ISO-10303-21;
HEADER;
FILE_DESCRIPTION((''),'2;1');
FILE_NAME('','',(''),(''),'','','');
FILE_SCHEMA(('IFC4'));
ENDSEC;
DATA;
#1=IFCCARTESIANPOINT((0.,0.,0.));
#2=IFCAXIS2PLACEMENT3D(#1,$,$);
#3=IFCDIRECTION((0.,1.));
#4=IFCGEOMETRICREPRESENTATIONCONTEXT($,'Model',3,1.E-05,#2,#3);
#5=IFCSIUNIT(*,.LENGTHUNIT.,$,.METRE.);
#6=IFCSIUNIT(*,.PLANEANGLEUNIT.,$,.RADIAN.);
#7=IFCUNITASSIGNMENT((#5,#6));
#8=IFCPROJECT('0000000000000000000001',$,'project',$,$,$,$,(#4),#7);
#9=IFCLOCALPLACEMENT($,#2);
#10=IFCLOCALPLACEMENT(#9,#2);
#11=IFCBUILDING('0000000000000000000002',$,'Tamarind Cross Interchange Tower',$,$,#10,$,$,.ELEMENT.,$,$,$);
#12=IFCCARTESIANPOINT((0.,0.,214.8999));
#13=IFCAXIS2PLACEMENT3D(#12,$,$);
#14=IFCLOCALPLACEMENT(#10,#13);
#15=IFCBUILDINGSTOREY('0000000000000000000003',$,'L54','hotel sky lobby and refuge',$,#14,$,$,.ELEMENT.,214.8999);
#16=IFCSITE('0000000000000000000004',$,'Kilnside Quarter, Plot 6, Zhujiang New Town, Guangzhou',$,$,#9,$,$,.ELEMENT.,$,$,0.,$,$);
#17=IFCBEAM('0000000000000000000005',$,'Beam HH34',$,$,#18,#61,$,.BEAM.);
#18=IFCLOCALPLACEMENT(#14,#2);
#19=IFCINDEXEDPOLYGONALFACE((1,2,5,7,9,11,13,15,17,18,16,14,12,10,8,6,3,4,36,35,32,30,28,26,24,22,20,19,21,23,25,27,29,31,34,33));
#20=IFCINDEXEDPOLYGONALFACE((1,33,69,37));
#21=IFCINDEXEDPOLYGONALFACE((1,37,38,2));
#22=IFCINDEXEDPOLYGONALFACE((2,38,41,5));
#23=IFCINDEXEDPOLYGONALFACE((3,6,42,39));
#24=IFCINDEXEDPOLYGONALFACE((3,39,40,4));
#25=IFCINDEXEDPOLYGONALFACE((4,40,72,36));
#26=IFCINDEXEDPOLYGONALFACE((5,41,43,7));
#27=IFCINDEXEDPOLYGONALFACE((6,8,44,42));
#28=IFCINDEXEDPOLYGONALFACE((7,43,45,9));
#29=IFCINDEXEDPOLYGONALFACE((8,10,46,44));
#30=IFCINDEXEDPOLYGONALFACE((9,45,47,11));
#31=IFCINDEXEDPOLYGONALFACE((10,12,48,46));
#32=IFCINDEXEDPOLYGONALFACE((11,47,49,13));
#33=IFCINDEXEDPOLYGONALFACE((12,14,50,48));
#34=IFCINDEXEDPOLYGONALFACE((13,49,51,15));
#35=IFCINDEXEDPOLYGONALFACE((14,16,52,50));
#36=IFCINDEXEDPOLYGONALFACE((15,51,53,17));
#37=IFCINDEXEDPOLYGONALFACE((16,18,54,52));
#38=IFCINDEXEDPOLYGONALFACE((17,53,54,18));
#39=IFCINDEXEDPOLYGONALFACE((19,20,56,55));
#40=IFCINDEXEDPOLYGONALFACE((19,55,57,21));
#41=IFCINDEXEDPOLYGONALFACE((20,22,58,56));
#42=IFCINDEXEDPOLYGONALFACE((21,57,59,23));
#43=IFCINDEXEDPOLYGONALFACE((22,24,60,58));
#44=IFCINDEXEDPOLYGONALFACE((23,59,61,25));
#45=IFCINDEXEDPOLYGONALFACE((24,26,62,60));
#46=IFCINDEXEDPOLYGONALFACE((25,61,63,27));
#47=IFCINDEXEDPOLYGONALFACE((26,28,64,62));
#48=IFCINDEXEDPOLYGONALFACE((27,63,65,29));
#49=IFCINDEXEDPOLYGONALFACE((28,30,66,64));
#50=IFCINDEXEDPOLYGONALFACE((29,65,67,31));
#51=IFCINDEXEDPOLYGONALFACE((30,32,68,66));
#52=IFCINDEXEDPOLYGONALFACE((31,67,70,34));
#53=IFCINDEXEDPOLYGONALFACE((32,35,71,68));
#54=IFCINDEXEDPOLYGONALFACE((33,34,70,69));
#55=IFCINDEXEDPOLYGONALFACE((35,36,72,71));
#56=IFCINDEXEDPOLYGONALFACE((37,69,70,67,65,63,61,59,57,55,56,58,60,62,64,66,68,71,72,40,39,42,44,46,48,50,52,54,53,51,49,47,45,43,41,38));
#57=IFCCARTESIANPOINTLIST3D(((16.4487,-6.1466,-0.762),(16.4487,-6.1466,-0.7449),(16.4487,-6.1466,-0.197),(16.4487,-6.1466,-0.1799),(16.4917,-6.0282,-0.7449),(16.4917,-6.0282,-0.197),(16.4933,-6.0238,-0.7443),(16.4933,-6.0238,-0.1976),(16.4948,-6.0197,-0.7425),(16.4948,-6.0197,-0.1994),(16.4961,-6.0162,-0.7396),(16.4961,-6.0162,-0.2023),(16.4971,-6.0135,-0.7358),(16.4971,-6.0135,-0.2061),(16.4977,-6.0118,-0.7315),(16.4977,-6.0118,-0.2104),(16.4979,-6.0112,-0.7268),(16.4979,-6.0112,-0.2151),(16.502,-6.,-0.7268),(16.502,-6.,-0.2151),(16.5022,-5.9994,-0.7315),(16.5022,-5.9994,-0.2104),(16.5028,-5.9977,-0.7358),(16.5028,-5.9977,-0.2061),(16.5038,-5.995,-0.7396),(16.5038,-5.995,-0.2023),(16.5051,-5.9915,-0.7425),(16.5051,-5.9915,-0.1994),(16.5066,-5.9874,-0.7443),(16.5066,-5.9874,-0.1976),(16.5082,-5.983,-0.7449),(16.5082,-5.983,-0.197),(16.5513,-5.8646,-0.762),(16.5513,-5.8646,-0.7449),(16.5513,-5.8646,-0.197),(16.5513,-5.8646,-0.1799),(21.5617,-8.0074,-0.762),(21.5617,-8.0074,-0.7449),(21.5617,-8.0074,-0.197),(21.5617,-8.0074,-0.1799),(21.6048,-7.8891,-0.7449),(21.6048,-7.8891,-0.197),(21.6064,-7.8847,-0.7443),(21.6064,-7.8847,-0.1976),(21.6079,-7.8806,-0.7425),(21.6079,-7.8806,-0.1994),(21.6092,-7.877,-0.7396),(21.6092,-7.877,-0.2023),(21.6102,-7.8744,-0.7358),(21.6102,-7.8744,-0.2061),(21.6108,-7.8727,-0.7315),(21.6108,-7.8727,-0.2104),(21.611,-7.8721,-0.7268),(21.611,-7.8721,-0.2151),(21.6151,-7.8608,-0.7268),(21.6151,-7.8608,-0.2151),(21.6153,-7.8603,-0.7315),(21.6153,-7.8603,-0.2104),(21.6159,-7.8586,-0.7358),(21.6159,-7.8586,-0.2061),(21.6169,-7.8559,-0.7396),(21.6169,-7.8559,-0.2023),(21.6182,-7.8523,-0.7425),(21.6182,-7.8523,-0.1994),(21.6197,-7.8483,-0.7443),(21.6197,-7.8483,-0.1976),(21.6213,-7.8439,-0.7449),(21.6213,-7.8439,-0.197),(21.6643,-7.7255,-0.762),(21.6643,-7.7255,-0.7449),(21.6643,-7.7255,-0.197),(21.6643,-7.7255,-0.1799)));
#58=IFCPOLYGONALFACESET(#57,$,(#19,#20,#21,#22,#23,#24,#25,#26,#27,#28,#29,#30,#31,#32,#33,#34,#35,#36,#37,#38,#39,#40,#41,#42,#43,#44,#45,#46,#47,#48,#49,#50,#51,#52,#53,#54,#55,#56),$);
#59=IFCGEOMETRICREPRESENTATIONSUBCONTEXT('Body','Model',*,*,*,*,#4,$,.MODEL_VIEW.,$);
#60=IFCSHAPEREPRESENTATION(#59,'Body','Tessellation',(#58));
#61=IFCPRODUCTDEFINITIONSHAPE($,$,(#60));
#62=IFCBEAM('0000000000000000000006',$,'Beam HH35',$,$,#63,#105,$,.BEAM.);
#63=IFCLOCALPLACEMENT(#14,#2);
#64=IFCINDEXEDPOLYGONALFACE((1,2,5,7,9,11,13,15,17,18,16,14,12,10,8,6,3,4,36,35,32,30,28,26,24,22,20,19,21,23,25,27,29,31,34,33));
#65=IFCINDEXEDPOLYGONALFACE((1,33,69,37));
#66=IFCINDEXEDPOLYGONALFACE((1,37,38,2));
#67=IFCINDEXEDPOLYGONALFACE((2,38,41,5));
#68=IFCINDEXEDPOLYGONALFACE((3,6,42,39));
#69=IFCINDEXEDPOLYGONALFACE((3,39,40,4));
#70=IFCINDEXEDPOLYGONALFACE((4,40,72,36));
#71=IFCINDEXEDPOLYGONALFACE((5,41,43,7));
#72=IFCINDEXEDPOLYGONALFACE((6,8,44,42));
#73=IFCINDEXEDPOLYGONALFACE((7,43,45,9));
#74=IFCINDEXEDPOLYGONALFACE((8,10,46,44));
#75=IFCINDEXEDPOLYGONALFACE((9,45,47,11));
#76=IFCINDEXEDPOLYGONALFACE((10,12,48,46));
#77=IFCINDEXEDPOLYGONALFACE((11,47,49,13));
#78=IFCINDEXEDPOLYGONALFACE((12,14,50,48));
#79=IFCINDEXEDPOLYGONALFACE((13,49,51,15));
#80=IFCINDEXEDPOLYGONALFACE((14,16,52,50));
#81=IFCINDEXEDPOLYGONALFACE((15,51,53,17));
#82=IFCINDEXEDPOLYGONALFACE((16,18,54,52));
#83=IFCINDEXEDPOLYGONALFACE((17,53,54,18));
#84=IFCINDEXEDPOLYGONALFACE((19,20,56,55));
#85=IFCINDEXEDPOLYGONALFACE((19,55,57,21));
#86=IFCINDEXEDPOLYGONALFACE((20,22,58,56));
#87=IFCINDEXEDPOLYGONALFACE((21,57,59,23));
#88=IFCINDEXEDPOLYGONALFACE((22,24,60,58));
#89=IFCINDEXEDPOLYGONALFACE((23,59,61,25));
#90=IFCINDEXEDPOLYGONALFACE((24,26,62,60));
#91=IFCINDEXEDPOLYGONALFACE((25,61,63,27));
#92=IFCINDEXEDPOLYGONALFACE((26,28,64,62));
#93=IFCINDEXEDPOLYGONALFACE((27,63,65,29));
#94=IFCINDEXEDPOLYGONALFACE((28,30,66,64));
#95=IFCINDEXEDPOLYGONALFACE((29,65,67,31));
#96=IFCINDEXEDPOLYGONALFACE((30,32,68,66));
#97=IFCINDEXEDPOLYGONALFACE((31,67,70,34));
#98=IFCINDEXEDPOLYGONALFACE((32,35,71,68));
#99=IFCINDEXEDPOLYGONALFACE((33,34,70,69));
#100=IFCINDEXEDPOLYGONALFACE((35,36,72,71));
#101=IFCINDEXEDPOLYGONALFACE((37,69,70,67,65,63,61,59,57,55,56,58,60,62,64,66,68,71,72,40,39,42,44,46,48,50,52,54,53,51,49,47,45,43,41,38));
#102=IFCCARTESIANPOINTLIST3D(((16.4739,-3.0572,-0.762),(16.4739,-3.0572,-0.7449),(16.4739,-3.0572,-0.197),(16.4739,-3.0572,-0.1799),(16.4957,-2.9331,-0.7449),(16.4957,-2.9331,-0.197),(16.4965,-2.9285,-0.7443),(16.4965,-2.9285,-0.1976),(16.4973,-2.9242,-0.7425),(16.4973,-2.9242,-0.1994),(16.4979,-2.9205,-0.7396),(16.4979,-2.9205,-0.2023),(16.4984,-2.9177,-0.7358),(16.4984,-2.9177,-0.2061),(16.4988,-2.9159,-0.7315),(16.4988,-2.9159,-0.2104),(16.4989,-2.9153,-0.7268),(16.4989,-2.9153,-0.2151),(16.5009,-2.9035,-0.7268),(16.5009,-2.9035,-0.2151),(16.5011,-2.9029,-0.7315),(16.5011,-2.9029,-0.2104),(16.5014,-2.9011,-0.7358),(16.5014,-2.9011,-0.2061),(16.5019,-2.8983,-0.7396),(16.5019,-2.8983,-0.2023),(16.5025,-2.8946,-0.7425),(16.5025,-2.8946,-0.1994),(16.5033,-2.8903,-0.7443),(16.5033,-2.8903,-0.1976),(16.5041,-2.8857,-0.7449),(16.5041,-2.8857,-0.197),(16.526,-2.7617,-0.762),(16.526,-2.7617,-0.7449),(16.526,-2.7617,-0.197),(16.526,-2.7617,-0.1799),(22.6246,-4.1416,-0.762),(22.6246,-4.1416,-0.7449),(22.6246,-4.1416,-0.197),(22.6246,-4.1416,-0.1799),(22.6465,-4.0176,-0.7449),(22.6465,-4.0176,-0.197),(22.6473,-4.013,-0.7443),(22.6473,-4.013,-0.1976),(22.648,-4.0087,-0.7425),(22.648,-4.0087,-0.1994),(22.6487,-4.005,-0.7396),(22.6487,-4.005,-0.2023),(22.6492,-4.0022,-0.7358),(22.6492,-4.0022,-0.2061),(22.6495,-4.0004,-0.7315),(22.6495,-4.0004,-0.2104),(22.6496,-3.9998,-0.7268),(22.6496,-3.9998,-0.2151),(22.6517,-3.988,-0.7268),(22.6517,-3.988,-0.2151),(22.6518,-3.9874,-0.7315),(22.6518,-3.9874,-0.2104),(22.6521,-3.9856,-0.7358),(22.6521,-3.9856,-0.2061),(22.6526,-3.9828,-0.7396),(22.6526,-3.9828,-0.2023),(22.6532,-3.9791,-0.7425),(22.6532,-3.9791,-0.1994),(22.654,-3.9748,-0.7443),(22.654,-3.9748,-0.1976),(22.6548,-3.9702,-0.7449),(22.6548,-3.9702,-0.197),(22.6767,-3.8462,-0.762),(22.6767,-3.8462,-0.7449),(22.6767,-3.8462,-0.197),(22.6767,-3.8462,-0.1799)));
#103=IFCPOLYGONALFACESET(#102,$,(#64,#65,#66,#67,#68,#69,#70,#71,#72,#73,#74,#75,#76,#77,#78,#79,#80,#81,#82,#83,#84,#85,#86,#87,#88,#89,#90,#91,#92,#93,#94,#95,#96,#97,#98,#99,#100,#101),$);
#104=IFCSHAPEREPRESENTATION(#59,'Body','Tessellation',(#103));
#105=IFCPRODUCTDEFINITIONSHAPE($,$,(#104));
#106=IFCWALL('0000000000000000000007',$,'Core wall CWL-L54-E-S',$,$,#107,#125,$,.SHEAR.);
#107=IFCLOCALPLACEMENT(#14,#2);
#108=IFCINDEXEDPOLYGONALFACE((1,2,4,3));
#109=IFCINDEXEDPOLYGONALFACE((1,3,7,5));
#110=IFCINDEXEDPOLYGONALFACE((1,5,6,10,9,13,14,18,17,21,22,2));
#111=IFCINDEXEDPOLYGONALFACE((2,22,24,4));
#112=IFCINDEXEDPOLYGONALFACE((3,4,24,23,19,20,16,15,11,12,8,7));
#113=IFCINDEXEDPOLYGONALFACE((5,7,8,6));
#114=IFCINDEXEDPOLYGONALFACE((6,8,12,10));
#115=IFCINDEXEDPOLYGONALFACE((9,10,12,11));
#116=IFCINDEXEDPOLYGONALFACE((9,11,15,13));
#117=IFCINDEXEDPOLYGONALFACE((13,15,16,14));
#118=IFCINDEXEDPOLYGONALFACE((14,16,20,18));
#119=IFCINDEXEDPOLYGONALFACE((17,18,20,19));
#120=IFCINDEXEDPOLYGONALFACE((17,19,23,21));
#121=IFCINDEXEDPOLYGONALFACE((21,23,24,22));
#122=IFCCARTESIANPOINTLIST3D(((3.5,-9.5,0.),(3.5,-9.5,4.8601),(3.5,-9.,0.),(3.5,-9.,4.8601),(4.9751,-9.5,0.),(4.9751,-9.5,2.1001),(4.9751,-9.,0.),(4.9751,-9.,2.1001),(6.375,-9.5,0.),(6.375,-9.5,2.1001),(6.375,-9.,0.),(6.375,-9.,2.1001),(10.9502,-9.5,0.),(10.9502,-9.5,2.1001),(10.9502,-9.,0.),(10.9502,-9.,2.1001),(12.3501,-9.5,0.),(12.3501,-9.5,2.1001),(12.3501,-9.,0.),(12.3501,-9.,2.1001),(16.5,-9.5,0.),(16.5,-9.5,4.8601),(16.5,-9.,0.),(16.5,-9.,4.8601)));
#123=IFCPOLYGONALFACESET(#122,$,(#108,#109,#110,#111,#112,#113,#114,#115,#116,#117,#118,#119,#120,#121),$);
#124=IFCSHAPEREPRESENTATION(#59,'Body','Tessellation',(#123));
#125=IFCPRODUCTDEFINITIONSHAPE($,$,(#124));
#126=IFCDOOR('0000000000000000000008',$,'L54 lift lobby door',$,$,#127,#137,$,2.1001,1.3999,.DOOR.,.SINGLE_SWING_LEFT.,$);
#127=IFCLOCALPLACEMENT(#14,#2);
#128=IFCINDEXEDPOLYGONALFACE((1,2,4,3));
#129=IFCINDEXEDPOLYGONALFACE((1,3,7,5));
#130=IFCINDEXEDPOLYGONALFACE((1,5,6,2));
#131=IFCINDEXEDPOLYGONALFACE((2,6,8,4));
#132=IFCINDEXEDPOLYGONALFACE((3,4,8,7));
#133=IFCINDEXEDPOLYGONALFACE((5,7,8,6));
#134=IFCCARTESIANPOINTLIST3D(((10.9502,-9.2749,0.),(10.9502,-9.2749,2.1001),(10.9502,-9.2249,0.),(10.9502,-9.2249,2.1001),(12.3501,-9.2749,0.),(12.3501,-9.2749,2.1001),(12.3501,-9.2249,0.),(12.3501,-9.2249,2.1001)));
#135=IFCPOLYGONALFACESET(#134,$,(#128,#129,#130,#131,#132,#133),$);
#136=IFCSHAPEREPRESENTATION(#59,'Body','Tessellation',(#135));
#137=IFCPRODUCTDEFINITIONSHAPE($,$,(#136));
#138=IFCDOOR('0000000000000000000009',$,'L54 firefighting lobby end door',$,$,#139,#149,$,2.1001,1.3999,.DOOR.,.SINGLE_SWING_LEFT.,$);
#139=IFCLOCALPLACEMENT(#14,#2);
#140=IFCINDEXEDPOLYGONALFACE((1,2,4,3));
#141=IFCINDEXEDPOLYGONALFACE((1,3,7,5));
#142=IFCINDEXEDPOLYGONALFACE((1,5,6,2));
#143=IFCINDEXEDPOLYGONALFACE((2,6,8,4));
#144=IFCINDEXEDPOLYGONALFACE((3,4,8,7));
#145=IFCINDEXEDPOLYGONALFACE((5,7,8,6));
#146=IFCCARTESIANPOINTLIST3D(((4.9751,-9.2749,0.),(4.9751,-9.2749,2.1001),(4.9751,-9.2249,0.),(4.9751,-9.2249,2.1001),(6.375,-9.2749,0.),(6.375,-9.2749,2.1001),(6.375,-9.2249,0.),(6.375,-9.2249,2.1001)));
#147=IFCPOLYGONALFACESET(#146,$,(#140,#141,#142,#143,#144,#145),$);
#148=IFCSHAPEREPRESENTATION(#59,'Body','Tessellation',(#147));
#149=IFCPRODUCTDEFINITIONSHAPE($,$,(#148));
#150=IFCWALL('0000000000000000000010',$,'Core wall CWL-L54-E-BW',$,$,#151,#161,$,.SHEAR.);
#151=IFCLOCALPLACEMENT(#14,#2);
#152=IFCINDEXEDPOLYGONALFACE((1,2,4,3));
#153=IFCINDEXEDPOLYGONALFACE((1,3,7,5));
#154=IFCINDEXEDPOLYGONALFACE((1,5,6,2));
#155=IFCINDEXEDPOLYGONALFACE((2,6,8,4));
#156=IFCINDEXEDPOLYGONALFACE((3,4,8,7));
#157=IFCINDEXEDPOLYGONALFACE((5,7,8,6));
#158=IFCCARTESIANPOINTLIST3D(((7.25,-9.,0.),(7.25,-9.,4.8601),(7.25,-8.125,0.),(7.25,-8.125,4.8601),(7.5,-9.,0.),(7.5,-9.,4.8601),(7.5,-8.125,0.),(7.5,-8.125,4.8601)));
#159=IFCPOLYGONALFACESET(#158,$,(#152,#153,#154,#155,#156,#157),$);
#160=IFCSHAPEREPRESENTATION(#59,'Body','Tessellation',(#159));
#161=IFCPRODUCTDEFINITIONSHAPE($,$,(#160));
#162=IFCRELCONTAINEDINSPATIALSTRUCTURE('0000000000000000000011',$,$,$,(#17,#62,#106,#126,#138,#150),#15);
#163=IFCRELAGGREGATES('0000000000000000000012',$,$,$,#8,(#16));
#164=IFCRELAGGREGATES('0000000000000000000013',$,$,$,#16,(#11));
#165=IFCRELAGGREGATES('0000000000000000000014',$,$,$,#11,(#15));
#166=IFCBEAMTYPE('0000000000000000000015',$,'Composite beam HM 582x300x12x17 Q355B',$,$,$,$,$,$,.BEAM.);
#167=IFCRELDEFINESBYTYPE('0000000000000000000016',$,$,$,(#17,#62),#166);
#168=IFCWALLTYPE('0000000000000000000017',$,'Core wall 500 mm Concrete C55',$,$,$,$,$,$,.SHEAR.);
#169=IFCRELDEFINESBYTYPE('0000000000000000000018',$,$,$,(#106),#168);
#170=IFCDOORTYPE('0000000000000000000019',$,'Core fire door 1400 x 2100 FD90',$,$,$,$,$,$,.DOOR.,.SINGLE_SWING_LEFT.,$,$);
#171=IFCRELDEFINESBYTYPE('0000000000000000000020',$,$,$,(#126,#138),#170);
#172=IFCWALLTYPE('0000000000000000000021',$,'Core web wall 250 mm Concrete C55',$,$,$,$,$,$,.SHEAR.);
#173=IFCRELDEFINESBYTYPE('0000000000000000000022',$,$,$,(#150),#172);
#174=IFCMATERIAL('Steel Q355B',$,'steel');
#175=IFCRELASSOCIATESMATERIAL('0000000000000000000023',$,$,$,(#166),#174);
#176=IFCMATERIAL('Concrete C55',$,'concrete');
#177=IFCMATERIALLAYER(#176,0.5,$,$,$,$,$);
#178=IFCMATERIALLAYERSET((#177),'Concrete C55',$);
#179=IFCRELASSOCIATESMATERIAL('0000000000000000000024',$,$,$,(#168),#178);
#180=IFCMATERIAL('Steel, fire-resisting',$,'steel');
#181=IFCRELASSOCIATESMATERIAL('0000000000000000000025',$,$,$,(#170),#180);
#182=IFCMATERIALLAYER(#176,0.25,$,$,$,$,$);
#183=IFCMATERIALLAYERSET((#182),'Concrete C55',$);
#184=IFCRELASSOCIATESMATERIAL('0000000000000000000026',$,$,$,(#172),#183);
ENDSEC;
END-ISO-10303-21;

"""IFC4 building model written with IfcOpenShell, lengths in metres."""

from ifc_helpers import new_model, si_unit, direction, frame, frame_2d, origin, origin_2d, place, context, subcontext, project, spatial, rectangle, i_section, extrude, material, layer, layer_set, material_profile, profile_set, type_object, element, fill, save


model = new_model("IFC4")

# Units and contexts
model_context = context("Model", 3, precision=1e-05, world=origin(), true_north=direction((0.0, 1.0)))
body_context = subcontext(model_context, "Body", "Model", "MODEL_VIEW")
ifc_project = project(units=[si_unit("LENGTHUNIT", "METRE"), si_unit("PLANEANGLEUNIT", "RADIAN")], contexts=[model_context])

# Site, building, storey
site_placement = place(None, origin())
site = spatial("IfcSite", under=ifc_project, at=site_placement, Name="Kilnside Quarter, Plot 6, Zhujiang New Town, Guangzhou", CompositionType="ELEMENT", RefElevation=0.0)
building_placement = place(site_placement, origin())
building = spatial("IfcBuilding", under=site, at=building_placement, Name="Tamarind Cross Interchange Tower", CompositionType="ELEMENT")
storey_placement = place(building_placement, frame((0.0, 0.0, 214.8999)))
storey = spatial("IfcBuildingStorey", under=building, at=storey_placement, Name="L54", Description="hotel sky lobby and refuge", CompositionType="ELEMENT", Elevation=214.8999)

# Shared definitions
ifc_material_1 = material(Name="Concrete C55", Category="concrete")

# Beams
ifc_material_2 = material(Name="Steel Q355B", Category="steel")
ifc_material_profile_1 = material_profile(ifc_material_2, i_section(OverallWidth=0.3, OverallDepth=0.582, WebThickness=0.012, FlangeThickness=0.0171, FilletRadius=0.0181, at=origin_2d()), Name="HM 582x300x12x17")
ifc_profile_set_1 = profile_set([ifc_material_profile_1], Name="Steel Q355B")
beam_type = type_object("IfcBeamType", Name="Composite beam HM 582x300x12x17 Q355B", PredefinedType="BEAM", material=ifc_profile_set_1)
beam_1_placement = place(storey_placement, frame((21.613, -7.8665, -0.4709), z_axis=(-0.939702, 0.341995, 0.0), x_axis=(-0.341995, -0.939702, 0.0)))
element("IfcBeam", 1, at=beam_1_placement, inside=storey, type_object=beam_type, Name="Beam HH34", PredefinedType="BEAM", context=body_context, shape_type="SweptSolid", body=[
    extrude(i_section(OverallWidth=0.3, OverallDepth=0.582, WebThickness=0.012, FlangeThickness=0.0171, FilletRadius=0.0181, at=origin_2d()), origin(), (0.0, 0.0, 1.0), 5.4412),
])
beam_2_placement = place(storey_placement, frame((22.6506, -3.9939, -0.4709), z_axis=(-0.984809, 0.17364, 0.0), x_axis=(-0.17364, -0.984809, 0.0)))
element("IfcBeam", 2, at=beam_2_placement, inside=storey, type_object=beam_type, Name="Beam HH35", PredefinedType="BEAM", context=body_context, shape_type="SweptSolid", body=[
    extrude(i_section(OverallWidth=0.3, OverallDepth=0.582, WebThickness=0.012, FlangeThickness=0.0171, FilletRadius=0.0181, at=origin_2d()), origin(), (0.0, 0.0, 1.0), 6.2456),
])

# Wall, openings, doors
ifc_layer_1 = layer(ifc_material_1, 0.5)
ifc_layer_set_1 = layer_set([ifc_layer_1], Name="Concrete C55")
wall_type_1 = type_object("IfcWallType", Name="Core wall 500 mm Concrete C55", PredefinedType="SHEAR", material=ifc_layer_set_1)
wall_1_placement = place(storey_placement, frame((16.5, -9.25, 0.0), z_axis=(0.0, 0.0, 1.0), x_axis=(-1.0, 0.0, 0.0)))
wall_1 = element("IfcWall", 3, at=wall_1_placement, inside=storey, type_object=wall_type_1, Name="Core wall CWL-L54-E-S", PredefinedType="SHEAR", context=body_context, shape_type="SweptSolid", body=[
    extrude(rectangle(XDim=13.0, YDim=0.5, at=frame_2d((6.5, 0.0))), origin(), (0.0, 0.0, 1.0), 4.8601),
])
opening_1_placement = place(wall_1_placement, frame((4.1499, 0.0, 0.0)))
opening_1 = element("IfcOpeningElement", 4, at=opening_1_placement, cuts=wall_1, PredefinedType="OPENING", context=body_context, shape_type="SweptSolid", body=[
    extrude(rectangle(XDim=1.3999, YDim=2.1001, at=frame_2d((0.7, 1.05))), frame((0.0, 0.26, 0.0), z_axis=(0.0, -1.0, 0.0), x_axis=(1.0, 0.0, 0.0)), (0.0, 0.0, 1.0), 0.52),
])
opening_2_placement = place(wall_1_placement, frame((10.125, 0.0, 0.0)))
opening_2 = element("IfcOpeningElement", 5, at=opening_2_placement, cuts=wall_1, PredefinedType="OPENING", context=body_context, shape_type="SweptSolid", body=[
    extrude(rectangle(XDim=1.3999, YDim=2.1001, at=frame_2d((0.7, 1.05))), frame((0.0, 0.26, 0.0), z_axis=(0.0, -1.0, 0.0), x_axis=(1.0, 0.0, 0.0)), (0.0, 0.0, 1.0), 0.52),
])
ifc_material_3 = material(Name="Steel, fire-resisting", Category="steel")
door_type_1 = type_object("IfcDoorType", Name="Core fire door 1400 x 2100 FD90", OperationType="SINGLE_SWING_LEFT", PredefinedType="DOOR", material=ifc_material_3)
door_1_placement = place(opening_1_placement, origin())
door_1 = element("IfcDoor", 6, at=door_1_placement, inside=storey, type_object=door_type_1, Name="L54 lift lobby door", OperationType="SINGLE_SWING_LEFT", OverallHeight=2.1001, OverallWidth=1.3999, PredefinedType="DOOR", context=body_context, shape_type="SweptSolid", body=[
    extrude(rectangle(XDim=1.3999, YDim=2.1001, at=frame_2d((0.7, 1.05))), frame((0.0, 0.0249, 0.0), z_axis=(0.0, -1.0, 0.0), x_axis=(1.0, 0.0, 0.0)), (0.0, 0.0, 1.0), 0.05),
])
fill(opening_1, door_1)
door_2_placement = place(opening_2_placement, origin())
door_2 = element("IfcDoor", 7, at=door_2_placement, inside=storey, type_object=door_type_1, Name="L54 firefighting lobby end door", OperationType="SINGLE_SWING_LEFT", OverallHeight=2.1001, OverallWidth=1.3999, PredefinedType="DOOR", context=body_context, shape_type="SweptSolid", body=[
    extrude(rectangle(XDim=1.3999, YDim=2.1001, at=frame_2d((0.7, 1.05))), frame((0.0, 0.0249, 0.0), z_axis=(0.0, -1.0, 0.0), x_axis=(1.0, 0.0, 0.0)), (0.0, 0.0, 1.0), 0.05),
])
fill(opening_2, door_2)

# Wall
ifc_layer_2 = layer(ifc_material_1, 0.25)
ifc_layer_set_2 = layer_set([ifc_layer_2], Name="Concrete C55")
wall_type_2 = type_object("IfcWallType", Name="Core web wall 250 mm Concrete C55", PredefinedType="SHEAR", material=ifc_layer_set_2)
wall_2_placement = place(storey_placement, frame((7.375, -9.0, 0.0), z_axis=(0.0, 0.0, 1.0), x_axis=(0.0, 1.0, 0.0)))
element("IfcWall", 8, at=wall_2_placement, inside=storey, type_object=wall_type_2, Name="Core wall CWL-L54-E-BW", PredefinedType="SHEAR", context=body_context, shape_type="SweptSolid", body=[
    extrude(rectangle(XDim=0.875, YDim=0.25, at=frame_2d((0.4375, 0.0))), origin(), (0.0, 0.0, 1.0), 4.8601),
])

save(model, "model.ifc")
